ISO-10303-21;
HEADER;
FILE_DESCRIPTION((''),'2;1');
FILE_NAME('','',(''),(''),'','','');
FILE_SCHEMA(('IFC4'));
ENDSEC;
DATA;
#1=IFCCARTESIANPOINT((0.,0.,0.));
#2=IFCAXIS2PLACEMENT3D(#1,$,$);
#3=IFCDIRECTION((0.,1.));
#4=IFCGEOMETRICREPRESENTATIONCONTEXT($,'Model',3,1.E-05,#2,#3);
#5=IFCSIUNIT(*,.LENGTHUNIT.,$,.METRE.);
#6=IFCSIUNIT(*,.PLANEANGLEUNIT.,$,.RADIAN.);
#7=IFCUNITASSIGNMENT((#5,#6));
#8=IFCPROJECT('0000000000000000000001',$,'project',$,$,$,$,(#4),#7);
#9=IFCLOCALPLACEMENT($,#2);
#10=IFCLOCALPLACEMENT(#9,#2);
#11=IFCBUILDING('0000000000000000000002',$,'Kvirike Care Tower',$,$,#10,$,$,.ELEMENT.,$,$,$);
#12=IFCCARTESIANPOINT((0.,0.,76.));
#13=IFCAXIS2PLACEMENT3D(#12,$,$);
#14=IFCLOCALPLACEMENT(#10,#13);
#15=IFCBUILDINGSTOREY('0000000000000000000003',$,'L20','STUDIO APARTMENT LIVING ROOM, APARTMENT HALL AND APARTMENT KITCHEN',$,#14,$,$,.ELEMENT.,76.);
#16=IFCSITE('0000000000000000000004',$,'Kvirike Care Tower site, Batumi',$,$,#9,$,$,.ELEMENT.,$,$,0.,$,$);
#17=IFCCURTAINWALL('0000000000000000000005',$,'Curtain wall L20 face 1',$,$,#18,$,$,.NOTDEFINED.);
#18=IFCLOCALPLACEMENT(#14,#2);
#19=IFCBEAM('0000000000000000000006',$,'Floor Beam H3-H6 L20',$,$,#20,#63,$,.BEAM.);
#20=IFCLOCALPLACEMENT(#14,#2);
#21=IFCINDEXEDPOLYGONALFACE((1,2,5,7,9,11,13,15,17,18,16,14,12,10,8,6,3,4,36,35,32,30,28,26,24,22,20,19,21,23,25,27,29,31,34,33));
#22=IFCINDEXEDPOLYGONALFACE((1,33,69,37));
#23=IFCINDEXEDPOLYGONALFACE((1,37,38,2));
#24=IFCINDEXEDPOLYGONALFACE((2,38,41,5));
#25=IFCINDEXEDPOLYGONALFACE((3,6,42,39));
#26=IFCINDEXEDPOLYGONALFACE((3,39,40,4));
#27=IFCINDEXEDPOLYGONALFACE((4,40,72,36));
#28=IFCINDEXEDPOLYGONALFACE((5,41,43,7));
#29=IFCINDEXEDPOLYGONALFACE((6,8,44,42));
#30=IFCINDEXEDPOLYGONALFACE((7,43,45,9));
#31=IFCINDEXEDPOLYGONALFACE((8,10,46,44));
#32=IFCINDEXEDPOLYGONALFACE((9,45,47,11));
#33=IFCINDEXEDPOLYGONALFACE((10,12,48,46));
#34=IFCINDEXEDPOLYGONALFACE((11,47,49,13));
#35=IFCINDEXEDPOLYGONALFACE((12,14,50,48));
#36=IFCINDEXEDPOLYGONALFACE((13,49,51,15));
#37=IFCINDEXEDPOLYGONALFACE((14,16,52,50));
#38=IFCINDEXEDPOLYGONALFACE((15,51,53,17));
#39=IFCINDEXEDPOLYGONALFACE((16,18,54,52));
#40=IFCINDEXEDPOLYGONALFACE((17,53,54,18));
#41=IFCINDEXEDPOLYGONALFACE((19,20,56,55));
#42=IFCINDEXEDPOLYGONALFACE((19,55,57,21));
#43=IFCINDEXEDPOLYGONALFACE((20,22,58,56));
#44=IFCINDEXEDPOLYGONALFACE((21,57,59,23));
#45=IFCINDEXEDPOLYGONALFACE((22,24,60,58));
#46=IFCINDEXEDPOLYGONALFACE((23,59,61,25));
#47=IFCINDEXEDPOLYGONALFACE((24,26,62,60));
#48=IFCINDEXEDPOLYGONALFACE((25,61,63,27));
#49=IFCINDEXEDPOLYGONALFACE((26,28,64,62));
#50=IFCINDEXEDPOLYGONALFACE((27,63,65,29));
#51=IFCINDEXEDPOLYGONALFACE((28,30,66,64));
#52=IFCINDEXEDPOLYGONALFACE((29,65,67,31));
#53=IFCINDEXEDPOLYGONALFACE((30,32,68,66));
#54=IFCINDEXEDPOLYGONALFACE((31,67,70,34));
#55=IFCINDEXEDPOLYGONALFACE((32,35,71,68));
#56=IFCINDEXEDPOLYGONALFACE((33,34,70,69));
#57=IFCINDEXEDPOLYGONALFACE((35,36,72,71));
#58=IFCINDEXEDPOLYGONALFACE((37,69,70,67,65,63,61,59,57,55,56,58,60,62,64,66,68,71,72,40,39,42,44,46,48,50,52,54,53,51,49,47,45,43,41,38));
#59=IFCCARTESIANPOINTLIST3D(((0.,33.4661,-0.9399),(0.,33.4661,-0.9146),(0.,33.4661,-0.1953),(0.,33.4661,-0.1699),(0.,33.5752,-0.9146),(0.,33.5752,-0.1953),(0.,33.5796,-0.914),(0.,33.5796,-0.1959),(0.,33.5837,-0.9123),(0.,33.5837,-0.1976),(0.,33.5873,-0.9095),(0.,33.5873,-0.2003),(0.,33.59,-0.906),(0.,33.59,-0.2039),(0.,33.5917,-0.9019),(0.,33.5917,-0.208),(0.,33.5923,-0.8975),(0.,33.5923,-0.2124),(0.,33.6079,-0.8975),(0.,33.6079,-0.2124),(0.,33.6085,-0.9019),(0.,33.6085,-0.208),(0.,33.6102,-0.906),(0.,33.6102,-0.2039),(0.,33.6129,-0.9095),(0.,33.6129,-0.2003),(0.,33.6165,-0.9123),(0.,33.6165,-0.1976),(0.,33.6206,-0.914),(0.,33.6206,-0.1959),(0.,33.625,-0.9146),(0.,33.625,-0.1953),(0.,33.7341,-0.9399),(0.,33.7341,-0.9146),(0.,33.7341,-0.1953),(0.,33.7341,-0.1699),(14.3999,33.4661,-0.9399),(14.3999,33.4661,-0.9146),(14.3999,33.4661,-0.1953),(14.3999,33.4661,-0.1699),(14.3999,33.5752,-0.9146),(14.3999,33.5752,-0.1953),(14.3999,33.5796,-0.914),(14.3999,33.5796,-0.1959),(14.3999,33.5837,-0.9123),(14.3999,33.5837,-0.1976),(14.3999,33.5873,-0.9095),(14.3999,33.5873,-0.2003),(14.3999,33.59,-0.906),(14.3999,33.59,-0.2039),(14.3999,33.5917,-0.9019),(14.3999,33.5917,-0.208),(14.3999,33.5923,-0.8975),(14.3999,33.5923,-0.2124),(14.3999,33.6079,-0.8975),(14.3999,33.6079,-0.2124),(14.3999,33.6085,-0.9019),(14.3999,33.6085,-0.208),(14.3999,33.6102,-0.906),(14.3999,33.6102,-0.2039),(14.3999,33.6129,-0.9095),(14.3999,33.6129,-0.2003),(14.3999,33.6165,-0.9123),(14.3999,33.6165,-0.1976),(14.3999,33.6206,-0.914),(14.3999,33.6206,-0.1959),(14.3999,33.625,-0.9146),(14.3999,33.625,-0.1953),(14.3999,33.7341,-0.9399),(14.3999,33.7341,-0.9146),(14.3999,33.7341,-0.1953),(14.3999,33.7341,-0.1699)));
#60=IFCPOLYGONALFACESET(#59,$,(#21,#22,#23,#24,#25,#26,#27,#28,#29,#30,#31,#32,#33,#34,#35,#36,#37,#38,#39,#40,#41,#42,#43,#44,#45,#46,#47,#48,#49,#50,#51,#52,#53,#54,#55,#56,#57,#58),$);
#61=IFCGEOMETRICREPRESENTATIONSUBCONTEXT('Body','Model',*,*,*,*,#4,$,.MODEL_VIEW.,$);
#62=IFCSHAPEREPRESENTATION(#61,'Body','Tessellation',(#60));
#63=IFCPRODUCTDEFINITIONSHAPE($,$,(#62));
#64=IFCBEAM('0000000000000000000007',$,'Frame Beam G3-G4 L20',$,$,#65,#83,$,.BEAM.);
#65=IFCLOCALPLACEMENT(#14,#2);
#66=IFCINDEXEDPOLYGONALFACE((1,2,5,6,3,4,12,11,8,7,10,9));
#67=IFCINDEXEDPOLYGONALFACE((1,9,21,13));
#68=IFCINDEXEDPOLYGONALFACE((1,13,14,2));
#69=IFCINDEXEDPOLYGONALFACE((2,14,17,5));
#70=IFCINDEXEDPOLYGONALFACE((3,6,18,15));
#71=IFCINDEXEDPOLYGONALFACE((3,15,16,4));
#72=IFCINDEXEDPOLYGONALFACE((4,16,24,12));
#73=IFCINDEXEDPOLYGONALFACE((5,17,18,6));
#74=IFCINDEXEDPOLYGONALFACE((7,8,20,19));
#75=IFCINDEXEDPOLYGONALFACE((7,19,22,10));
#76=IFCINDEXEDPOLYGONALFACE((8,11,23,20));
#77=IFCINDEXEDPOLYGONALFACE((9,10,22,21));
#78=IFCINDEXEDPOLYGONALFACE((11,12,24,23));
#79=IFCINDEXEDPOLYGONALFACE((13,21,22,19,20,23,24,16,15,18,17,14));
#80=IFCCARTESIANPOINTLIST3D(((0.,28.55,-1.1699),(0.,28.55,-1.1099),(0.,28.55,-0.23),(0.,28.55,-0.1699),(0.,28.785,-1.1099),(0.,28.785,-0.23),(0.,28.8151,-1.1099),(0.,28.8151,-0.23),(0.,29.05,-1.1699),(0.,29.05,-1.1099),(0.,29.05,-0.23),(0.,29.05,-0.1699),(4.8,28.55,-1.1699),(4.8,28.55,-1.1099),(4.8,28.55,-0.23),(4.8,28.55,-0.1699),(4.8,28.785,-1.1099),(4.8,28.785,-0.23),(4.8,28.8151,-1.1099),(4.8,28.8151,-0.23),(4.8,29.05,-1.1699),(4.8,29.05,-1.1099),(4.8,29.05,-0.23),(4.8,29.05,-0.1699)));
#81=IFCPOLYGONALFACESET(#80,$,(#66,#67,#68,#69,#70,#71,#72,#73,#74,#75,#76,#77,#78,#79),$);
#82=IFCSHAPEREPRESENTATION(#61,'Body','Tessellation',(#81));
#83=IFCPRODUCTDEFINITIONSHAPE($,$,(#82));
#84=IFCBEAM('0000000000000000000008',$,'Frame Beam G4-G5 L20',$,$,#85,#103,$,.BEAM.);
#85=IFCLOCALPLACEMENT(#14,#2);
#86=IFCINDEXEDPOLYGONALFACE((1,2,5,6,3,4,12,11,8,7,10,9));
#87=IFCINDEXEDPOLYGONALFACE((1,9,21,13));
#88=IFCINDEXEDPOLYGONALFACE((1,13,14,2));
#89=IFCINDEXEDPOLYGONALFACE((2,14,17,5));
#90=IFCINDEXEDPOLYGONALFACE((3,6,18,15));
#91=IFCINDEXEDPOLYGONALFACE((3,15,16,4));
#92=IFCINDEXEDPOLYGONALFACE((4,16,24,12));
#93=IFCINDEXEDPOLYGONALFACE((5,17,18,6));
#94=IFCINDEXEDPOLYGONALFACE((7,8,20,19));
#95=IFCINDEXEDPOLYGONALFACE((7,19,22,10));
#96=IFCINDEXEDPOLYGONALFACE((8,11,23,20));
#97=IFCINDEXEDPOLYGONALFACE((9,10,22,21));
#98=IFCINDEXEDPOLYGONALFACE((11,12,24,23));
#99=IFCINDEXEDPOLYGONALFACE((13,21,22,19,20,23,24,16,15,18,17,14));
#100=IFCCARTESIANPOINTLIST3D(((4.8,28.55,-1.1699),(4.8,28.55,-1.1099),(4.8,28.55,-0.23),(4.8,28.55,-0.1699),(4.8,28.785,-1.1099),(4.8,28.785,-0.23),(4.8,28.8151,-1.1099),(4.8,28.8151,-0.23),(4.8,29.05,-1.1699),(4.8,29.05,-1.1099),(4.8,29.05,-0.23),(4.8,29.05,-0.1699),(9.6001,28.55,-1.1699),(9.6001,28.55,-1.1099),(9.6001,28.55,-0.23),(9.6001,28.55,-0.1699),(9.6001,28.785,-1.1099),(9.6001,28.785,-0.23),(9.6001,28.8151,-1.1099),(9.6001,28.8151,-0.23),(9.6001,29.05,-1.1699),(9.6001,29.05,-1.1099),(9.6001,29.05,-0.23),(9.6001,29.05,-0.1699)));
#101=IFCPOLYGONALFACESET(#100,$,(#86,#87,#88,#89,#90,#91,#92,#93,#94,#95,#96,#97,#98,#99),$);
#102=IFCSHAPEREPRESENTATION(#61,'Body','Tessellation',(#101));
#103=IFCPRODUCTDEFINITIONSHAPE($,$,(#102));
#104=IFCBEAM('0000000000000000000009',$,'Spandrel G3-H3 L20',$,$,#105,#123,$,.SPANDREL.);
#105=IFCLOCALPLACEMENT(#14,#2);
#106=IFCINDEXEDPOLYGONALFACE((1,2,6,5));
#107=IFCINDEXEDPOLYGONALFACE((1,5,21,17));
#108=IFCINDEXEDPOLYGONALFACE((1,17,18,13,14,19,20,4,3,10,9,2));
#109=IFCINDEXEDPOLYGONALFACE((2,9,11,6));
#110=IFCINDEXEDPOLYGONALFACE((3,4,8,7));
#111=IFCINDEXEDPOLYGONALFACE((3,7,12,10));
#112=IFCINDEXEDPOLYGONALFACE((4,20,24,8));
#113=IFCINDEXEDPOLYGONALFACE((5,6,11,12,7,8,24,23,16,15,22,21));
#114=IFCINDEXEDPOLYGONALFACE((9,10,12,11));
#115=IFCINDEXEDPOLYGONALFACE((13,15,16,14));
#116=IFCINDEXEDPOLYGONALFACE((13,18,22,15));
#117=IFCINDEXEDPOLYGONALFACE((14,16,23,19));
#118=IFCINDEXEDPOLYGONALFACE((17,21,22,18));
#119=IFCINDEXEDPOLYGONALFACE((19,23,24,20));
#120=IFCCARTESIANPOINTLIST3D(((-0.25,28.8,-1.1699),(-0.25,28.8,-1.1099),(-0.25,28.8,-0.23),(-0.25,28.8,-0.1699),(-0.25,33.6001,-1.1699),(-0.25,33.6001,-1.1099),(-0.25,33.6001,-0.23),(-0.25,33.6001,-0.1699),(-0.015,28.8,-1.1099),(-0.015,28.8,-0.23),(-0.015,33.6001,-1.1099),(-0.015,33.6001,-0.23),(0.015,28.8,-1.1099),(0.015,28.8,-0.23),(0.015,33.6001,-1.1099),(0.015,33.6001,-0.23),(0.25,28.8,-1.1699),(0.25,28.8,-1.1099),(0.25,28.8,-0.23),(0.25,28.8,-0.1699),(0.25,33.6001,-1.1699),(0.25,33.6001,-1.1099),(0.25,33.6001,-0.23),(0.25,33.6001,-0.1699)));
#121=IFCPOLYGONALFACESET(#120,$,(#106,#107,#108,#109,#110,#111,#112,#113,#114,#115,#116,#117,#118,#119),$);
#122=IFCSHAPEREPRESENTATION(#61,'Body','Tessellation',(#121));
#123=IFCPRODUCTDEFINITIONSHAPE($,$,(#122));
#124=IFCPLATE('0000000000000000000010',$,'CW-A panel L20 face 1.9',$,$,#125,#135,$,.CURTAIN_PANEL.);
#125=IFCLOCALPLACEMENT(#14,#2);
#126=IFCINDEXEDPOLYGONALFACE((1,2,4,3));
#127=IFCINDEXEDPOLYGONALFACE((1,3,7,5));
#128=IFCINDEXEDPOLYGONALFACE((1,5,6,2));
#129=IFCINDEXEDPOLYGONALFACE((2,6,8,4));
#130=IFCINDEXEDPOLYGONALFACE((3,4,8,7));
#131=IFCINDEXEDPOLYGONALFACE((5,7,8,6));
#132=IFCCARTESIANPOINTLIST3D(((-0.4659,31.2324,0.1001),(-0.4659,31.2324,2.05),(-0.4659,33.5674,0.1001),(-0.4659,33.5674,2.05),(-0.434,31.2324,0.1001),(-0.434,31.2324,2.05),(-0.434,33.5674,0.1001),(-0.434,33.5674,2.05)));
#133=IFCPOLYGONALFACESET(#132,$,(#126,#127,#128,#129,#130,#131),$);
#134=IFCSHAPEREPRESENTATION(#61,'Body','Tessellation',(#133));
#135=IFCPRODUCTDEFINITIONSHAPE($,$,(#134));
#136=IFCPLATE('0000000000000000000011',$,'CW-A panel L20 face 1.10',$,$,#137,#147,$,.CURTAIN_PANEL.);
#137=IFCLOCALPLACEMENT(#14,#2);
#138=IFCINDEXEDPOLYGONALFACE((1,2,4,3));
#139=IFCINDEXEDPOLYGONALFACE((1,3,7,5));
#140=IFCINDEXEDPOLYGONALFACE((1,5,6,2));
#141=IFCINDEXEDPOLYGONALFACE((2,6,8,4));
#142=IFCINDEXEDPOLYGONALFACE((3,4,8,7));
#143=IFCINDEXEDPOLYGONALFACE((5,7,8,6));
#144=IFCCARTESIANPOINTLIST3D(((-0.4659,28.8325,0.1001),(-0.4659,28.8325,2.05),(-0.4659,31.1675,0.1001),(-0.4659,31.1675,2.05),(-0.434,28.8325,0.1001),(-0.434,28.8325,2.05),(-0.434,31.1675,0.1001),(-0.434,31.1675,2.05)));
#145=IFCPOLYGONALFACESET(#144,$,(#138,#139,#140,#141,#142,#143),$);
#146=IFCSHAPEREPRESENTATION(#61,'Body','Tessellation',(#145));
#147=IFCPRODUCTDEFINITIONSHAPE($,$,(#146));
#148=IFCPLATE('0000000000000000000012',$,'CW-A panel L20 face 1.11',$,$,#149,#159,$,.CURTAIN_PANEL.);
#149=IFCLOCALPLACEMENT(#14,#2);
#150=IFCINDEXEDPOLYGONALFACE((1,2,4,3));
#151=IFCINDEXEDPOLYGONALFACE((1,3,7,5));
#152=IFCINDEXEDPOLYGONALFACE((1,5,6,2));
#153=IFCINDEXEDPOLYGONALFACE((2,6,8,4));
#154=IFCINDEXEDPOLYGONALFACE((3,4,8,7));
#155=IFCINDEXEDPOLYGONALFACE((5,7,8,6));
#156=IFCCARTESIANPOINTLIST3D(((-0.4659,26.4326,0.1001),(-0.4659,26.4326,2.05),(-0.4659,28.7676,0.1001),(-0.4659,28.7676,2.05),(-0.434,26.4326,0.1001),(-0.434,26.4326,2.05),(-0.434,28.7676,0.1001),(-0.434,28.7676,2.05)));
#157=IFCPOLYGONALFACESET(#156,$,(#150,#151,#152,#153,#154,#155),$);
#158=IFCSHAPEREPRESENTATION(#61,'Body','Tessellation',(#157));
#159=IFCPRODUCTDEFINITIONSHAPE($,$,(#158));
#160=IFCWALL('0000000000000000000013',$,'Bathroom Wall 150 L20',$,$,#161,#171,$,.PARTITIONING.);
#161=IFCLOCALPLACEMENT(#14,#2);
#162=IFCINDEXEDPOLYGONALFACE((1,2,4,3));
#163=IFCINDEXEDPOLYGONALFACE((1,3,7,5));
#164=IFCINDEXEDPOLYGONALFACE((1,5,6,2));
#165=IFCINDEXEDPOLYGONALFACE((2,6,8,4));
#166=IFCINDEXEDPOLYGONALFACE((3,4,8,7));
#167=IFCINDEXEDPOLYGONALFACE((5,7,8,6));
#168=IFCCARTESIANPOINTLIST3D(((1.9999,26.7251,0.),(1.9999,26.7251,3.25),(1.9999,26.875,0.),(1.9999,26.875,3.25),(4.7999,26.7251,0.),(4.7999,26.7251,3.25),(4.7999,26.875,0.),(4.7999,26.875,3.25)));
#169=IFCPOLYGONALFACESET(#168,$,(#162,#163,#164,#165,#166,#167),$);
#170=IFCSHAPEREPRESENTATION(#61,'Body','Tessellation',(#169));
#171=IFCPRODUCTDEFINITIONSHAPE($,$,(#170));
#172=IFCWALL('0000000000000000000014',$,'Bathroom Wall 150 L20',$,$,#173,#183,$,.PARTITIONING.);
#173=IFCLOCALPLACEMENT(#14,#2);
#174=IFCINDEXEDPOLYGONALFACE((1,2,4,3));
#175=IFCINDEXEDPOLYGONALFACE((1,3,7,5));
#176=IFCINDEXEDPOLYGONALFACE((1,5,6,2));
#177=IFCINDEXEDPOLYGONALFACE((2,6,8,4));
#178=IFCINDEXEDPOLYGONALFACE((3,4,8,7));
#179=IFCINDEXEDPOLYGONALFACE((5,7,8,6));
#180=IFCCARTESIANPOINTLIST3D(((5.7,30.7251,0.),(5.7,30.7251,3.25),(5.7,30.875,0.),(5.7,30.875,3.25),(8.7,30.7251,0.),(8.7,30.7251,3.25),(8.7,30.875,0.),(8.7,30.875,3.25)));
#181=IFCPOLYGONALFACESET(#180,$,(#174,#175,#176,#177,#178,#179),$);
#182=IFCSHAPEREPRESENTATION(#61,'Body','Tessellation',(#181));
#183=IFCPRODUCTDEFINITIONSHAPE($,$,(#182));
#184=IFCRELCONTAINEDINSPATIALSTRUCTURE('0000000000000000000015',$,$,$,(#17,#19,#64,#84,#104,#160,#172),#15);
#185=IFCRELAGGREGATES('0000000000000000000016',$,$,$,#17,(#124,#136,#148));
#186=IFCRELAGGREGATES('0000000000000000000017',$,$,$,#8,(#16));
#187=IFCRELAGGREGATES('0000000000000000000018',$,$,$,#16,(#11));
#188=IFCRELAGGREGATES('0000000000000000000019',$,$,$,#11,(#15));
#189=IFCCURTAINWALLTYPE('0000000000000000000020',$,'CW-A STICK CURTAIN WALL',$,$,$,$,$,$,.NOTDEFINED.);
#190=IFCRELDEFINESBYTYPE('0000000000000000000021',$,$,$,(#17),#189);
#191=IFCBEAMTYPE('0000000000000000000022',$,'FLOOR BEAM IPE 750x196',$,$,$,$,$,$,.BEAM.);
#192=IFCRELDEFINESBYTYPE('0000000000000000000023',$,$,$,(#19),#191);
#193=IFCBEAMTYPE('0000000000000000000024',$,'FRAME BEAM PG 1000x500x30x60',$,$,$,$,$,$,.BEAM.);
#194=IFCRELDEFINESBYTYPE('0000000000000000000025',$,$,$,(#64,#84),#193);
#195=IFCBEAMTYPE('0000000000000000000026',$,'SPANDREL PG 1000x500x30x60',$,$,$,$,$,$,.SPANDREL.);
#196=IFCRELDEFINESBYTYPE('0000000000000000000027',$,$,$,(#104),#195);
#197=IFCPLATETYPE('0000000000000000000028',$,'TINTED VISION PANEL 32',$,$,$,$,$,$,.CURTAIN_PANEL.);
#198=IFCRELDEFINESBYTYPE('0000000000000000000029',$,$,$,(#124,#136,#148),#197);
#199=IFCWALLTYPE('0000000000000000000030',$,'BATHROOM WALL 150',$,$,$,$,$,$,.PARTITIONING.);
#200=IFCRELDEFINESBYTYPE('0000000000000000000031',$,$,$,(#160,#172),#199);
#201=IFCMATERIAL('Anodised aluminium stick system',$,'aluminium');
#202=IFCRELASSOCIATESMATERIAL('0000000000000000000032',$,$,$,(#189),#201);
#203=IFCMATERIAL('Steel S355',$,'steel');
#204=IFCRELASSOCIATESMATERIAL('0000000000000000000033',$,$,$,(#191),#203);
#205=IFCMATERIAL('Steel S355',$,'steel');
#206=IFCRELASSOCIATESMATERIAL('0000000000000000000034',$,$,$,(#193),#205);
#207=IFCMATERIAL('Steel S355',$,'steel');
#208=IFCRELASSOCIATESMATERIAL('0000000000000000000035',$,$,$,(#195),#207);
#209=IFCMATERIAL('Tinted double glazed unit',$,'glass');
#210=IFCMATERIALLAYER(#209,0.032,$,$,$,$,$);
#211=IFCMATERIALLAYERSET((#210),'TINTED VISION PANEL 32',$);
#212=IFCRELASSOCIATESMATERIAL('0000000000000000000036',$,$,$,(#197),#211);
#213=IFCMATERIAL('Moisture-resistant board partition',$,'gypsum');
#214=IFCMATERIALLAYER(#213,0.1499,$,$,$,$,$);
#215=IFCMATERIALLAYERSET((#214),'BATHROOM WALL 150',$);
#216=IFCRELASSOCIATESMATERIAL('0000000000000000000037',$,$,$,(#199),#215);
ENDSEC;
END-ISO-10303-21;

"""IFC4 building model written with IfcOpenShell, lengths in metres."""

from ifc_helpers import new_model, si_unit, direction, frame, frame_2d, origin, origin_2d, place, context, subcontext, project, spatial, rectangle, i_section, extrude, material, layer, layer_set, material_profile, profile_set, type_object, element, aggregate, save


model = new_model("IFC4")

# Units and contexts
model_context = context("Model", 3, precision=1e-05, world=origin(), true_north=direction((0.0, 1.0)))
body_context = subcontext(model_context, "Body", "Model", "MODEL_VIEW")
ifc_project = project(units=[si_unit("LENGTHUNIT", "METRE"), si_unit("PLANEANGLEUNIT", "RADIAN")], contexts=[model_context])

# Site, building, storey
site_placement = place(None, origin())
site = spatial("IfcSite", under=ifc_project, at=site_placement, Name="Kvirike Care Tower site, Batumi", CompositionType="ELEMENT", RefElevation=0.0)
building_placement = place(site_placement, origin())
building = spatial("IfcBuilding", under=site, at=building_placement, Name="Kvirike Care Tower", CompositionType="ELEMENT")
storey_placement = place(building_placement, frame((0.0, 0.0, 76.0)))
storey = spatial("IfcBuildingStorey", under=building, at=storey_placement, Name="L20", Description="STUDIO APARTMENT LIVING ROOM, APARTMENT HALL AND APARTMENT KITCHEN", CompositionType="ELEMENT", Elevation=76.0)

# Curtain wall
ifc_material_1 = material(Name="Anodised aluminium stick system", Category="aluminium")
curtain_wall_type = type_object("IfcCurtainWallType", Name="CW-A STICK CURTAIN WALL", PredefinedType="NOTDEFINED", material=ifc_material_1)
curtain_wall_placement = place(storey_placement, origin())
curtain_wall = element("IfcCurtainWall", 1, at=curtain_wall_placement, inside=storey, type_object=curtain_wall_type, Name="Curtain wall L20 face 1", PredefinedType="NOTDEFINED")

# Beams
ifc_material_2 = material(Name="Steel S355", Category="steel")
ifc_material_profile_1 = material_profile(ifc_material_2, i_section(OverallWidth=0.2681, OverallDepth=0.77, WebThickness=0.0156, FlangeThickness=0.0254, FilletRadius=0.0171, at=origin_2d()), Name="IPE 750x196")
ifc_profile_set_1 = profile_set([ifc_material_profile_1], Name="Steel S355")
beam_type_1 = type_object("IfcBeamType", Name="FLOOR BEAM IPE 750x196", PredefinedType="BEAM", material=ifc_profile_set_1)
beam_1_placement = place(storey_placement, frame((0.0, 33.6001, -0.5549), z_axis=(1.0, 0.0, 0.0), x_axis=(0.0, 1.0, 0.0)))
element("IfcBeam", 2, at=beam_1_placement, inside=storey, type_object=beam_type_1, Name="Floor Beam H3-H6 L20", PredefinedType="BEAM", context=body_context, shape_type="SweptSolid", body=[
    extrude(i_section(OverallWidth=0.2681, OverallDepth=0.77, WebThickness=0.0156, FlangeThickness=0.0254, FilletRadius=0.0171, at=origin_2d()), origin(), (0.0, 0.0, 1.0), 14.3999),
])
ifc_material_3 = material(Name="Steel S355", Category="steel")
ifc_material_profile_2 = material_profile(ifc_material_3, i_section(OverallWidth=0.5, OverallDepth=1.0, WebThickness=0.03, FlangeThickness=0.0601, at=origin_2d()), Name="PG 1000x500x30x60")
ifc_profile_set_2 = profile_set([ifc_material_profile_2], Name="Steel S355")
beam_type_2 = type_object("IfcBeamType", Name="FRAME BEAM PG 1000x500x30x60", PredefinedType="BEAM", material=ifc_profile_set_2)
for number, where, z_axis, x_axis, name in (
    (3, (0.0, 28.8, -0.6699), (1.0, 0.0, 0.0), (0.0, 1.0, 0.0), "Frame Beam G3-G4 L20"),
    (4, (4.8, 28.8, -0.6699), (1.0, 0.0, 0.0), (0.0, 1.0, 0.0), "Frame Beam G4-G5 L20"),
):
    element("IfcBeam", number, at=place(storey_placement, frame(where, z_axis=z_axis, x_axis=x_axis)), inside=storey, type_object=beam_type_2, Name=name, PredefinedType="BEAM", context=body_context, shape_type="SweptSolid", body=[
        extrude(i_section(OverallWidth=0.5, OverallDepth=1.0, WebThickness=0.03, FlangeThickness=0.0601, at=origin_2d()), origin(), (0.0, 0.0, 1.0), 4.8),
    ])
ifc_material_4 = material(Name="Steel S355", Category="steel")
ifc_material_profile_3 = material_profile(ifc_material_4, i_section(OverallWidth=0.5, OverallDepth=1.0, WebThickness=0.03, FlangeThickness=0.0601, at=origin_2d()), Name="PG 1000x500x30x60")
ifc_profile_set_3 = profile_set([ifc_material_profile_3], Name="Steel S355")
beam_type_3 = type_object("IfcBeamType", Name="SPANDREL PG 1000x500x30x60", PredefinedType="SPANDREL", material=ifc_profile_set_3)
beam_2_placement = place(storey_placement, frame((0.0, 28.8, -0.6699), z_axis=(0.0, 1.0, 0.0), x_axis=(-1.0, 0.0, 0.0)))
element("IfcBeam", 5, at=beam_2_placement, inside=storey, type_object=beam_type_3, Name="Spandrel G3-H3 L20", PredefinedType="SPANDREL", context=body_context, shape_type="SweptSolid", body=[
    extrude(i_section(OverallWidth=0.5, OverallDepth=1.0, WebThickness=0.03, FlangeThickness=0.0601, at=origin_2d()), origin(), (0.0, 0.0, 1.0), 4.8),
])

# Plates
ifc_material_5 = material(Name="Tinted double glazed unit", Category="glass")
ifc_layer_1 = layer(ifc_material_5, 0.032)
ifc_layer_set_1 = layer_set([ifc_layer_1], Name="TINTED VISION PANEL 32")
plate_type = type_object("IfcPlateType", Name="TINTED VISION PANEL 32", PredefinedType="CURTAIN_PANEL", material=ifc_layer_set_1)
plate_1_placement = place(storey_placement, frame((-0.45, 32.3999, 0.1001), z_axis=(0.0, 0.0, 1.0), x_axis=(0.0, -1.0, 0.0)))
plate_1 = element("IfcPlate", 6, at=plate_1_placement, type_object=plate_type, Name="CW-A panel L20 face 1.9", PredefinedType="CURTAIN_PANEL", context=body_context, shape_type="SweptSolid", body=[
    extrude(rectangle(XDim=2.335, YDim=0.032, at=origin_2d()), origin(), (0.0, 0.0, 1.0), 1.95),
])
plate_2_placement = place(storey_placement, frame((-0.45, 30.0, 0.1001), z_axis=(0.0, 0.0, 1.0), x_axis=(0.0, -1.0, 0.0)))
plate_2 = element("IfcPlate", 7, at=plate_2_placement, type_object=plate_type, Name="CW-A panel L20 face 1.10", PredefinedType="CURTAIN_PANEL", context=body_context, shape_type="SweptSolid", body=[
    extrude(rectangle(XDim=2.335, YDim=0.032, at=origin_2d()), origin(), (0.0, 0.0, 1.0), 1.95),
])
plate_3_placement = place(storey_placement, frame((-0.45, 27.6001, 0.1001), z_axis=(0.0, 0.0, 1.0), x_axis=(0.0, -1.0, 0.0)))
plate_3 = element("IfcPlate", 8, at=plate_3_placement, type_object=plate_type, Name="CW-A panel L20 face 1.11", PredefinedType="CURTAIN_PANEL", context=body_context, shape_type="SweptSolid", body=[
    extrude(rectangle(XDim=2.335, YDim=0.032, at=origin_2d()), origin(), (0.0, 0.0, 1.0), 1.95),
])
aggregate(curtain_wall, [plate_1, plate_2, plate_3])

# Walls
ifc_material_6 = material(Name="Moisture-resistant board partition", Category="gypsum")
ifc_layer_2 = layer(ifc_material_6, 0.1499)
ifc_layer_set_2 = layer_set([ifc_layer_2], Name="BATHROOM WALL 150")
wall_type_1 = type_object("IfcWallType", Name="BATHROOM WALL 150", PredefinedType="PARTITIONING", material=ifc_layer_set_2)
wall_1_placement = place(storey_placement, frame((2.0, 26.8, 0.0), z_axis=(0.0, 0.0, 1.0), x_axis=(1.0, 0.0, 0.0)))
element("IfcWall", 9, at=wall_1_placement, inside=storey, type_object=wall_type_1, Name="Bathroom Wall 150 L20", PredefinedType="PARTITIONING", context=body_context, shape_type="SweptSolid", body=[
    extrude(rectangle(XDim=2.8, YDim=0.1499, at=frame_2d((1.3999, 0.0))), origin(), (0.0, 0.0, 1.0), 3.25),
])
wall_2_placement = place(storey_placement, frame((5.7, 30.8, 0.0), z_axis=(0.0, 0.0, 1.0), x_axis=(1.0, 0.0, 0.0)))
element("IfcWall", 10, at=wall_2_placement, inside=storey, type_object=wall_type_1, Name="Bathroom Wall 150 L20", PredefinedType="PARTITIONING", context=body_context, shape_type="SweptSolid", body=[
    extrude(rectangle(XDim=3.0, YDim=0.1499, at=frame_2d((1.5, 0.0))), origin(), (0.0, 0.0, 1.0), 3.25),
])

save(model, "model.ifc")
